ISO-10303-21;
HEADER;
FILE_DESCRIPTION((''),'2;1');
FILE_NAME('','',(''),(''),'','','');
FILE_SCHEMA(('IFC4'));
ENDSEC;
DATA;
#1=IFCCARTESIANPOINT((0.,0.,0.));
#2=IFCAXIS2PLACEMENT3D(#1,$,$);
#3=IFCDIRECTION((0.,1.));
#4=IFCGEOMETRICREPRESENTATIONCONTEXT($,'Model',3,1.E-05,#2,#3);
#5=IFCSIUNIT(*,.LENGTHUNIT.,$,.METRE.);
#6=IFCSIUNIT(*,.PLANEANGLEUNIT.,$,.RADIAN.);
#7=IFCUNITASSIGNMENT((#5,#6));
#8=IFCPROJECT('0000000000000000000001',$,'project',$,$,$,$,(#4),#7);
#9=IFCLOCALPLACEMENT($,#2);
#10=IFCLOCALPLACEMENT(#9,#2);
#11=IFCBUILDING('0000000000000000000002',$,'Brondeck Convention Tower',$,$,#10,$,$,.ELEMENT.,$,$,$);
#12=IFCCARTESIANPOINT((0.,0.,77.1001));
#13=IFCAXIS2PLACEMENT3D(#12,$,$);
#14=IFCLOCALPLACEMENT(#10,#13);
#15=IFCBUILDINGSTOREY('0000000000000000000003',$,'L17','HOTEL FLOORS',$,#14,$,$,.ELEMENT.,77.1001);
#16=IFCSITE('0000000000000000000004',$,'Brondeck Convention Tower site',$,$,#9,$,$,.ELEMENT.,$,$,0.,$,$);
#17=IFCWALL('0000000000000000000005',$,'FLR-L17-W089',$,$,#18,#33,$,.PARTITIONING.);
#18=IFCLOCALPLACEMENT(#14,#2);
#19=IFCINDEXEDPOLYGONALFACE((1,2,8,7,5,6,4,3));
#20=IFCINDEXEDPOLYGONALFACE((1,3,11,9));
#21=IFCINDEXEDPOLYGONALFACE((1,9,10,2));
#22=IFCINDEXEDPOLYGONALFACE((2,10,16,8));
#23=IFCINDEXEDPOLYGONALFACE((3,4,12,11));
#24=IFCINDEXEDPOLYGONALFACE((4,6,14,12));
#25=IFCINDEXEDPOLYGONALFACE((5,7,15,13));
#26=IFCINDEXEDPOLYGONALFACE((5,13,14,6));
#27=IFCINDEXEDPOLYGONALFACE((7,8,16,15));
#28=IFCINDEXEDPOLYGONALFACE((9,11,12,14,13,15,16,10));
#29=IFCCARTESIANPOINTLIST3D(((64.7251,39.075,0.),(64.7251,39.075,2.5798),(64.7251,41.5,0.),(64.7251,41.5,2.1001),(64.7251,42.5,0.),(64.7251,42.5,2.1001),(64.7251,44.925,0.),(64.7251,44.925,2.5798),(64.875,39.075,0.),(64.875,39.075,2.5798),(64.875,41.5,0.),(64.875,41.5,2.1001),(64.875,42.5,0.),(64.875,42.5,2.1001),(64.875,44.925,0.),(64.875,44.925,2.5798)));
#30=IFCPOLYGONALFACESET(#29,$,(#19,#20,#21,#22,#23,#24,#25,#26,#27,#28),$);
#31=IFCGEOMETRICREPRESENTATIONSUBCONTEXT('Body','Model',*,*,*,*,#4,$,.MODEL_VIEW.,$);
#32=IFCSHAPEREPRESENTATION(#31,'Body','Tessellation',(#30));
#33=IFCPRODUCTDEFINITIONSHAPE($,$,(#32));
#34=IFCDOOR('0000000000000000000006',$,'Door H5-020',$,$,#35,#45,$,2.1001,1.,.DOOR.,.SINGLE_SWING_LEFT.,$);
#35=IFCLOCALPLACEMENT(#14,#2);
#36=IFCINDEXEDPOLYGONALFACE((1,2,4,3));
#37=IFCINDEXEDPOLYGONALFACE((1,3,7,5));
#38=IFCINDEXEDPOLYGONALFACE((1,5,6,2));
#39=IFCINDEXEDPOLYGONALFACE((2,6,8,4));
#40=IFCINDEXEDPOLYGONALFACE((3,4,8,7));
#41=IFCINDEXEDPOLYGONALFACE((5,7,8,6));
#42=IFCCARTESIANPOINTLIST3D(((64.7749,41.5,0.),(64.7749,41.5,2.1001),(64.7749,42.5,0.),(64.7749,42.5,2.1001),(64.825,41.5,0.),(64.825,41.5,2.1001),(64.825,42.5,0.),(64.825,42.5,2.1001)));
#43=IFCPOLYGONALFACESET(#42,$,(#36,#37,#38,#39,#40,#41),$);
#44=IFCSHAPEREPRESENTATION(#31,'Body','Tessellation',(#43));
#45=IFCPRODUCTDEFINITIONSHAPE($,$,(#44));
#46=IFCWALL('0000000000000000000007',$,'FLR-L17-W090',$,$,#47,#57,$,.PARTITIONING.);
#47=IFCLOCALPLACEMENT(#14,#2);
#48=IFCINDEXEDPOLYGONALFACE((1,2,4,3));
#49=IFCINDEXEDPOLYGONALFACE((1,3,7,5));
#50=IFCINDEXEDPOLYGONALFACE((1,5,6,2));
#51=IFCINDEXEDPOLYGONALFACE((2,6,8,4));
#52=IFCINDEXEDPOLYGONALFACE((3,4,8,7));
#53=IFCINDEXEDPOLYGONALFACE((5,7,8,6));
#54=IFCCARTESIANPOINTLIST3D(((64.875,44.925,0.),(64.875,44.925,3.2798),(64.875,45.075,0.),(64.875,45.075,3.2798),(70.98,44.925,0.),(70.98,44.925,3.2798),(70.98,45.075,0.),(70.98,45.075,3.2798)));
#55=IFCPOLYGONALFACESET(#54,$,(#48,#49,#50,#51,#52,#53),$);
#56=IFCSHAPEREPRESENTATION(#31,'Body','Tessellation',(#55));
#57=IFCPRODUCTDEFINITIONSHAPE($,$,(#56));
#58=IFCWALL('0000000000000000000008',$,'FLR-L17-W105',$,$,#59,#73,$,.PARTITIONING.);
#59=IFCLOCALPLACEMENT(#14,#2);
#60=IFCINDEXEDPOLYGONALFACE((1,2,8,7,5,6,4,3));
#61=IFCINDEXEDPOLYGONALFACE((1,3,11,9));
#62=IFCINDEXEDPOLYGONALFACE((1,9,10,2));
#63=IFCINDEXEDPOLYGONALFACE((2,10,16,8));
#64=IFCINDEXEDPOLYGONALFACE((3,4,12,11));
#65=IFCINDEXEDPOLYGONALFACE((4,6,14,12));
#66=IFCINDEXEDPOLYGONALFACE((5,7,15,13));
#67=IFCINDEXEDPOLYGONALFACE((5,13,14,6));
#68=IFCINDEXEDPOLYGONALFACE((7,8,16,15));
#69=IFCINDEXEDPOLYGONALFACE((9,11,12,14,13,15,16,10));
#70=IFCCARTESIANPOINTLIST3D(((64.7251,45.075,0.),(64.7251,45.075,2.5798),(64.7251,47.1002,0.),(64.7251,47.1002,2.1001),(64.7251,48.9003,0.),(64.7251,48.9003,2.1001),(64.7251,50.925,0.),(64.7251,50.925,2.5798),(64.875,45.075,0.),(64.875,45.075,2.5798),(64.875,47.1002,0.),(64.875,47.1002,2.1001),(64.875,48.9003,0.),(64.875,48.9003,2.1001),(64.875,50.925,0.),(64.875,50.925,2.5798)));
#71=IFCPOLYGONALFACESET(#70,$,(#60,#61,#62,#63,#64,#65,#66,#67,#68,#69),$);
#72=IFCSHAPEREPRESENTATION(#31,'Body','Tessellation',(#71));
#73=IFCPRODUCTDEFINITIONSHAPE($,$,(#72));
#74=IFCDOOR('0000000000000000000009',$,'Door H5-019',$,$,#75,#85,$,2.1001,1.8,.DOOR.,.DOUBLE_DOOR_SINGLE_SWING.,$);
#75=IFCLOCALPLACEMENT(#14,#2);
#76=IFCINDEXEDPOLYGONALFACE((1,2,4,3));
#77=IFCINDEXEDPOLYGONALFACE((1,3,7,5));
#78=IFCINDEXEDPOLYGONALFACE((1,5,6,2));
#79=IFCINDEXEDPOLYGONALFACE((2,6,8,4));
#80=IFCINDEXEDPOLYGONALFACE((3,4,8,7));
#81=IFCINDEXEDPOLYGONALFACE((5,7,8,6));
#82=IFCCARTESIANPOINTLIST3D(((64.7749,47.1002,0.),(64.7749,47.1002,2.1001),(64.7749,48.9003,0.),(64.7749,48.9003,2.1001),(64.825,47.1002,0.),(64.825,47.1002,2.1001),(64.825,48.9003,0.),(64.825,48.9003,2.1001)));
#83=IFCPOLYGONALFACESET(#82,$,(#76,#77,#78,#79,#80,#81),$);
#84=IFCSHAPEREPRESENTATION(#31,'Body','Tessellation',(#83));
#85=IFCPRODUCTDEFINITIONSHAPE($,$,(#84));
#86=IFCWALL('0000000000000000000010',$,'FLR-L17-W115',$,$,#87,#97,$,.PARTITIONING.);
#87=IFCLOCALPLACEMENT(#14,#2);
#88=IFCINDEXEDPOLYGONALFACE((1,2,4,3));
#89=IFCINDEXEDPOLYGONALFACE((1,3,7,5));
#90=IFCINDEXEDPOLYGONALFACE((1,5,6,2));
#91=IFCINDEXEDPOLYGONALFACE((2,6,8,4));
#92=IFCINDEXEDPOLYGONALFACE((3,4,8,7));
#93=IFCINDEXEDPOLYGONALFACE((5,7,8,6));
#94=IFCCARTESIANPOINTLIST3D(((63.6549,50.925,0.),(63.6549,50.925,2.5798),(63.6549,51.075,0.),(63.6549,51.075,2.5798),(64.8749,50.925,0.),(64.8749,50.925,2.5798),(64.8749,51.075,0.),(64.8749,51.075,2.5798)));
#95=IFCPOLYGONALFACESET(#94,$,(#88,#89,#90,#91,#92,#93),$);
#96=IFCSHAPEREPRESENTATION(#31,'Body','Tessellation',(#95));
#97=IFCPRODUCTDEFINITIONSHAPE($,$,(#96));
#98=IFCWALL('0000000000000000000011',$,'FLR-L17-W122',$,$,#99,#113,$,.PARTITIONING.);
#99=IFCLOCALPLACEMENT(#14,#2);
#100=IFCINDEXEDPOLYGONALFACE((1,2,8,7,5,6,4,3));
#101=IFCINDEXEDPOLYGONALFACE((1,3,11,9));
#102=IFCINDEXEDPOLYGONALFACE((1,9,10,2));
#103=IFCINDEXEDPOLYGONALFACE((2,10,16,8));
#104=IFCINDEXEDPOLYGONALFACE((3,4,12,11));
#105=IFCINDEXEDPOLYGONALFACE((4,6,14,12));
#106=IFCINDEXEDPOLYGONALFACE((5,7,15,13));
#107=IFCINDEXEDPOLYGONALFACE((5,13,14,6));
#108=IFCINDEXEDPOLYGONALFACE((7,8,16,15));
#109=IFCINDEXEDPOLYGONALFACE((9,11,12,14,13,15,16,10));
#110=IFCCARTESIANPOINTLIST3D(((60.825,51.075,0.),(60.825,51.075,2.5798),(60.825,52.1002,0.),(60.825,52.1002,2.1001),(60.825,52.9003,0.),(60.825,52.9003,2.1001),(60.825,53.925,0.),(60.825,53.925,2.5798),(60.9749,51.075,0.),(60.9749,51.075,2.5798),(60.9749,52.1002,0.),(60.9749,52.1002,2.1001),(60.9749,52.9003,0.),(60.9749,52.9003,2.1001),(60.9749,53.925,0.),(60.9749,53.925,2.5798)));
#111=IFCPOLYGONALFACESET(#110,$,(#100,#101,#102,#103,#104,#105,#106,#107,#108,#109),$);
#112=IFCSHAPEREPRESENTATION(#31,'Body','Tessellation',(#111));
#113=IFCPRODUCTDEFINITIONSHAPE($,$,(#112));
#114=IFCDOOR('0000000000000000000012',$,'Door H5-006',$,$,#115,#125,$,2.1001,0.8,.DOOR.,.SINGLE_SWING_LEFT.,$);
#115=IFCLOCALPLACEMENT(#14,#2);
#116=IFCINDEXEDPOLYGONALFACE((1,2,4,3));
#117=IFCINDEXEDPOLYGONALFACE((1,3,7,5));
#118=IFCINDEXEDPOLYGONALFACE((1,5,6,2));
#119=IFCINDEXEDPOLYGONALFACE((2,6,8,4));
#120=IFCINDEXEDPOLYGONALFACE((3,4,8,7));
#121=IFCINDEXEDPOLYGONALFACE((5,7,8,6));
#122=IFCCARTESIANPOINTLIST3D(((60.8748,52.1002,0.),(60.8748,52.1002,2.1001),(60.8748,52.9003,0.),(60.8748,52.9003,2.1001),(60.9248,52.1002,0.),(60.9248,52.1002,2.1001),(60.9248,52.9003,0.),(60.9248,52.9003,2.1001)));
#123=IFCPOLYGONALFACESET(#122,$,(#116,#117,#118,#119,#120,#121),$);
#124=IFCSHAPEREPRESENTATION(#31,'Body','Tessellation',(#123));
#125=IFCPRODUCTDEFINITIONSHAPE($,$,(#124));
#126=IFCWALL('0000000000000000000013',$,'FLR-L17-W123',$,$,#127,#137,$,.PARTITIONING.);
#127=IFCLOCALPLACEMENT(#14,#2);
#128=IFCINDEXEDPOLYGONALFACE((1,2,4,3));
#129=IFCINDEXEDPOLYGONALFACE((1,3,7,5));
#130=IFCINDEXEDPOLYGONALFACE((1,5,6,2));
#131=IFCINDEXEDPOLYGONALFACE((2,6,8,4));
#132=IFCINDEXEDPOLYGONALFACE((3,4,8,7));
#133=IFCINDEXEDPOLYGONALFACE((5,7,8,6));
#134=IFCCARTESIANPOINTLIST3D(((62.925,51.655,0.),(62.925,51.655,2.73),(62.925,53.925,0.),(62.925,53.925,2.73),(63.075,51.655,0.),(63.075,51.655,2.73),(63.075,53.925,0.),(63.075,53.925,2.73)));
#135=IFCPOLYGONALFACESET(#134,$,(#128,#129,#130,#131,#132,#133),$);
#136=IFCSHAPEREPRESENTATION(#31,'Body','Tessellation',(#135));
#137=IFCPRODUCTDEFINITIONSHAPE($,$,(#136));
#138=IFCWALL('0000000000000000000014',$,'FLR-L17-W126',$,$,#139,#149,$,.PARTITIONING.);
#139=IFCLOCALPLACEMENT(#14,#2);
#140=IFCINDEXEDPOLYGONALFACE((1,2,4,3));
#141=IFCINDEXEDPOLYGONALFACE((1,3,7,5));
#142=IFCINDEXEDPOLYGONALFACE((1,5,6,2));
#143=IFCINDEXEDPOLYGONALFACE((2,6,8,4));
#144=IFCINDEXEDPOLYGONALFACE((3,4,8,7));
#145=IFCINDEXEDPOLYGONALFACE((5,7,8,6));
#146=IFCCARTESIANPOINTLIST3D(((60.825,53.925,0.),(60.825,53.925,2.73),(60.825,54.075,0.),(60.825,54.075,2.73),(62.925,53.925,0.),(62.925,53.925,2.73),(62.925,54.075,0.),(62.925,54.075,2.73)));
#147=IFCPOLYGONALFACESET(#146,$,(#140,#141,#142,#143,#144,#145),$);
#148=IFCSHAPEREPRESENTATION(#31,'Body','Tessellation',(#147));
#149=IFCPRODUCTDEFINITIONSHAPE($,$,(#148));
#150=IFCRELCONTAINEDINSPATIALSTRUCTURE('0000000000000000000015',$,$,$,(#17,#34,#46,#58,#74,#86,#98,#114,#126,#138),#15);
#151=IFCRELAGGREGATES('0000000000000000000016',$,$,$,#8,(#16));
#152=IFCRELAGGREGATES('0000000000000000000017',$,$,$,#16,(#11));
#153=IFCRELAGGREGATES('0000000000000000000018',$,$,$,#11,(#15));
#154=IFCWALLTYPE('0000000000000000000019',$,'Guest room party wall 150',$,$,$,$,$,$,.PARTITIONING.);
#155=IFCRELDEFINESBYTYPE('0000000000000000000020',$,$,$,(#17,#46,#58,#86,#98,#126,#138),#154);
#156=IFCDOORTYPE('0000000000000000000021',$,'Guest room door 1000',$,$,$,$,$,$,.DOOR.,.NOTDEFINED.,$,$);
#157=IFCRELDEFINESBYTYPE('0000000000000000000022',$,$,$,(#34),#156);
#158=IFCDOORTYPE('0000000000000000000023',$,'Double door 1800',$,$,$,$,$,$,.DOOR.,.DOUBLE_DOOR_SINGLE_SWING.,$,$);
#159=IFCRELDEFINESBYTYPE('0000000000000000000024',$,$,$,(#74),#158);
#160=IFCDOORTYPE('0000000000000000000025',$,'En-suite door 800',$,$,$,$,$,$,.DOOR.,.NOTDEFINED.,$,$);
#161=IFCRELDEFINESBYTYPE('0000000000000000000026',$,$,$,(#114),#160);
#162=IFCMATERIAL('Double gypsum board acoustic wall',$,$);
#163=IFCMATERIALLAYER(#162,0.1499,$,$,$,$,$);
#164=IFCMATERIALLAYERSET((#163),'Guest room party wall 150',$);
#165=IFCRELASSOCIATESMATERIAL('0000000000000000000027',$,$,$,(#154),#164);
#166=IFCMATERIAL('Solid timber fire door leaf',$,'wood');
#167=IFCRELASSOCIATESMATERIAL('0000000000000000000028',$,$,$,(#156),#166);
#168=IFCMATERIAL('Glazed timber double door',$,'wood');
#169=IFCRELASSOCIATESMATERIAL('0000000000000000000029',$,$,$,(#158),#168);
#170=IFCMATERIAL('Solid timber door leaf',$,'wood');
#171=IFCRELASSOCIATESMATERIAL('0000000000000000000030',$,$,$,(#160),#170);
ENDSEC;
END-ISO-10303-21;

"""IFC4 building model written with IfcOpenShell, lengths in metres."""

from ifc_helpers import new_model, si_unit, direction, frame, frame_2d, origin, place, context, subcontext, project, spatial, rectangle, extrude, material, layer, layer_set, type_object, element, fill, save


model = new_model("IFC4")

# Units and contexts
model_context = context("Model", 3, precision=1e-05, world=origin(), true_north=direction((0.0, 1.0)))
body_context = subcontext(model_context, "Body", "Model", "MODEL_VIEW")
ifc_project = project(units=[si_unit("LENGTHUNIT", "METRE"), si_unit("PLANEANGLEUNIT", "RADIAN")], contexts=[model_context])

# Site, building, storey
site_placement = place(None, origin())
site = spatial("IfcSite", under=ifc_project, at=site_placement, Name="Brondeck Convention Tower site", CompositionType="ELEMENT", RefElevation=0.0)
building_placement = place(site_placement, origin())
building = spatial("IfcBuilding", under=site, at=building_placement, Name="Brondeck Convention Tower", CompositionType="ELEMENT")
storey_placement = place(building_placement, frame((0.0, 0.0, 77.1001)))
storey = spatial("IfcBuildingStorey", under=building, at=storey_placement, Name="L17", Description="HOTEL FLOORS", CompositionType="ELEMENT", Elevation=77.1001)

# Wall, opening, door
ifc_material_1 = material(Name="Double gypsum board acoustic wall")
ifc_layer_1 = layer(ifc_material_1, 0.1499)
ifc_layer_set_1 = layer_set([ifc_layer_1], Name="Guest room party wall 150")
wall_type_1 = type_object("IfcWallType", Name="Guest room party wall 150", PredefinedType="PARTITIONING", material=ifc_layer_set_1)
wall_1_placement = place(storey_placement, frame((64.8, 44.925, 0.0), z_axis=(0.0, 0.0, 1.0), x_axis=(0.0, -1.0, 0.0)))
wall_1 = element("IfcWall", 1, at=wall_1_placement, inside=storey, type_object=wall_type_1, Name="FLR-L17-W089", PredefinedType="PARTITIONING", context=body_context, shape_type="SweptSolid", body=[
    extrude(rectangle(XDim=5.8501, YDim=0.1499, at=frame_2d((2.925, 0.0))), origin(), (0.0, 0.0, 1.0), 2.5798),
])
opening_1_placement = place(wall_1_placement, frame((2.425, 0.0, 0.0)))
opening_1 = element("IfcOpeningElement", 2, at=opening_1_placement, cuts=wall_1, PredefinedType="OPENING", context=body_context, shape_type="SweptSolid", body=[
    extrude(rectangle(XDim=1.0, YDim=2.1001, at=frame_2d((0.5, 1.05))), frame((0.0, 0.085, 0.0), z_axis=(0.0, -1.0, 0.0), x_axis=(1.0, 0.0, 0.0)), (0.0, 0.0, 1.0), 0.1699),
])
ifc_material_2 = material(Name="Solid timber fire door leaf", Category="wood")
door_type_1 = type_object("IfcDoorType", Name="Guest room door 1000", OperationType="NOTDEFINED", PredefinedType="DOOR", material=ifc_material_2)
door_1_placement = place(opening_1_placement, origin())
door_1 = element("IfcDoor", 3, at=door_1_placement, inside=storey, type_object=door_type_1, Name="Door H5-020", OperationType="SINGLE_SWING_LEFT", OverallHeight=2.1001, OverallWidth=1.0, PredefinedType="DOOR", context=body_context, shape_type="SweptSolid", body=[
    extrude(rectangle(XDim=1.0, YDim=2.1001, at=frame_2d((0.5, 1.05))), frame((0.0, 0.0249, 0.0), z_axis=(0.0, -1.0, 0.0), x_axis=(1.0, 0.0, 0.0)), (0.0, 0.0, 1.0), 0.05),
])
fill(opening_1, door_1)

# Wall
wall_2_placement = place(storey_placement, frame((70.98, 45.0, 0.0), z_axis=(0.0, 0.0, 1.0), x_axis=(-1.0, 0.0, 0.0)))
element("IfcWall", 4, at=wall_2_placement, inside=storey, type_object=wall_type_1, Name="FLR-L17-W090", PredefinedType="PARTITIONING", context=body_context, shape_type="SweptSolid", body=[
    extrude(rectangle(XDim=6.105, YDim=0.1499, at=frame_2d((3.0525, 0.0))), origin(), (0.0, 0.0, 1.0), 3.2798),
])

# Wall, opening, door
wall_3_placement = place(storey_placement, frame((64.8, 50.925, 0.0), z_axis=(0.0, 0.0, 1.0), x_axis=(0.0, -1.0, 0.0)))
wall_3 = element("IfcWall", 5, at=wall_3_placement, inside=storey, type_object=wall_type_1, Name="FLR-L17-W105", PredefinedType="PARTITIONING", context=body_context, shape_type="SweptSolid", body=[
    extrude(rectangle(XDim=5.8501, YDim=0.1499, at=frame_2d((2.925, 0.0))), origin(), (0.0, 0.0, 1.0), 2.5798),
])
opening_2_placement = place(wall_3_placement, frame((2.0249, 0.0, 0.0)))
opening_2 = element("IfcOpeningElement", 6, at=opening_2_placement, cuts=wall_3, PredefinedType="OPENING", context=body_context, shape_type="SweptSolid", body=[
    extrude(rectangle(XDim=1.8, YDim=2.1001, at=frame_2d((0.8999, 1.05))), frame((0.0, 0.085, 0.0), z_axis=(0.0, -1.0, 0.0), x_axis=(1.0, 0.0, 0.0)), (0.0, 0.0, 1.0), 0.1699),
])
ifc_material_3 = material(Name="Glazed timber double door", Category="wood")
door_type_2 = type_object("IfcDoorType", Name="Double door 1800", OperationType="DOUBLE_DOOR_SINGLE_SWING", PredefinedType="DOOR", material=ifc_material_3)
door_2_placement = place(opening_2_placement, origin())
door_2 = element("IfcDoor", 7, at=door_2_placement, inside=storey, type_object=door_type_2, Name="Door H5-019", OperationType="DOUBLE_DOOR_SINGLE_SWING", OverallHeight=2.1001, OverallWidth=1.8, PredefinedType="DOOR", context=body_context, shape_type="SweptSolid", body=[
    extrude(rectangle(XDim=1.8, YDim=2.1001, at=frame_2d((0.8999, 1.05))), frame((0.0, 0.0249, 0.0), z_axis=(0.0, -1.0, 0.0), x_axis=(1.0, 0.0, 0.0)), (0.0, 0.0, 1.0), 0.05),
])
fill(opening_2, door_2)

# Wall
wall_4_placement = place(storey_placement, frame((63.655, 51.0, 0.0), z_axis=(0.0, 0.0, 1.0), x_axis=(1.0, 0.0, 0.0)))
element("IfcWall", 8, at=wall_4_placement, inside=storey, type_object=wall_type_1, Name="FLR-L17-W115", PredefinedType="PARTITIONING", context=body_context, shape_type="SweptSolid", body=[
    extrude(rectangle(XDim=1.22, YDim=0.1499, at=frame_2d((0.6099, 0.0))), origin(), (0.0, 0.0, 1.0), 2.5798),
])

# Wall, opening, door
wall_5_placement = place(storey_placement, frame((60.8999, 53.925, 0.0), z_axis=(0.0, 0.0, 1.0), x_axis=(0.0, -1.0, 0.0)))
wall_5 = element("IfcWall", 9, at=wall_5_placement, inside=storey, type_object=wall_type_1, Name="FLR-L17-W122", PredefinedType="PARTITIONING", context=body_context, shape_type="SweptSolid", body=[
    extrude(rectangle(XDim=2.8501, YDim=0.1499, at=frame_2d((1.425, 0.0))), origin(), (0.0, 0.0, 1.0), 2.5798),
])
opening_3_placement = place(wall_5_placement, frame((1.0249, 0.0, 0.0)))
opening_3 = element("IfcOpeningElement", 10, at=opening_3_placement, cuts=wall_5, PredefinedType="OPENING", context=body_context, shape_type="SweptSolid", body=[
    extrude(rectangle(XDim=0.8, YDim=2.1001, at=frame_2d((0.3999, 1.05))), frame((0.0, 0.085, 0.0), z_axis=(0.0, -1.0, 0.0), x_axis=(1.0, 0.0, 0.0)), (0.0, 0.0, 1.0), 0.1699),
])
ifc_material_4 = material(Name="Solid timber door leaf", Category="wood")
door_type_3 = type_object("IfcDoorType", Name="En-suite door 800", OperationType="NOTDEFINED", PredefinedType="DOOR", material=ifc_material_4)
door_3_placement = place(opening_3_placement, origin())
door_3 = element("IfcDoor", 11, at=door_3_placement, inside=storey, type_object=door_type_3, Name="Door H5-006", OperationType="SINGLE_SWING_LEFT", OverallHeight=2.1001, OverallWidth=0.8, PredefinedType="DOOR", context=body_context, shape_type="SweptSolid", body=[
    extrude(rectangle(XDim=0.8, YDim=2.1001, at=frame_2d((0.3999, 1.05))), frame((0.0, 0.0249, 0.0), z_axis=(0.0, -1.0, 0.0), x_axis=(1.0, 0.0, 0.0)), (0.0, 0.0, 1.0), 0.05),
])
fill(opening_3, door_3)

# Walls
wall_6_placement = place(storey_placement, frame((63.0, 53.925, 0.0), z_axis=(0.0, 0.0, 1.0), x_axis=(0.0, -1.0, 0.0)))
element("IfcWall", 12, at=wall_6_placement, inside=storey, type_object=wall_type_1, Name="FLR-L17-W123", PredefinedType="PARTITIONING", context=body_context, shape_type="SweptSolid", body=[
    extrude(rectangle(XDim=2.27, YDim=0.1499, at=frame_2d((1.135, 0.0))), origin(), (0.0, 0.0, 1.0), 2.73),
])
wall_7_placement = place(storey_placement, frame((62.925, 54.0, 0.0), z_axis=(0.0, 0.0, 1.0), x_axis=(-1.0, 0.0, 0.0)))
element("IfcWall", 13, at=wall_7_placement, inside=storey, type_object=wall_type_1, Name="FLR-L17-W126", PredefinedType="PARTITIONING", context=body_context, shape_type="SweptSolid", body=[
    extrude(rectangle(XDim=2.1001, YDim=0.1499, at=frame_2d((1.05, 0.0))), origin(), (0.0, 0.0, 1.0), 2.73),
])

save(model, "model.ifc")
